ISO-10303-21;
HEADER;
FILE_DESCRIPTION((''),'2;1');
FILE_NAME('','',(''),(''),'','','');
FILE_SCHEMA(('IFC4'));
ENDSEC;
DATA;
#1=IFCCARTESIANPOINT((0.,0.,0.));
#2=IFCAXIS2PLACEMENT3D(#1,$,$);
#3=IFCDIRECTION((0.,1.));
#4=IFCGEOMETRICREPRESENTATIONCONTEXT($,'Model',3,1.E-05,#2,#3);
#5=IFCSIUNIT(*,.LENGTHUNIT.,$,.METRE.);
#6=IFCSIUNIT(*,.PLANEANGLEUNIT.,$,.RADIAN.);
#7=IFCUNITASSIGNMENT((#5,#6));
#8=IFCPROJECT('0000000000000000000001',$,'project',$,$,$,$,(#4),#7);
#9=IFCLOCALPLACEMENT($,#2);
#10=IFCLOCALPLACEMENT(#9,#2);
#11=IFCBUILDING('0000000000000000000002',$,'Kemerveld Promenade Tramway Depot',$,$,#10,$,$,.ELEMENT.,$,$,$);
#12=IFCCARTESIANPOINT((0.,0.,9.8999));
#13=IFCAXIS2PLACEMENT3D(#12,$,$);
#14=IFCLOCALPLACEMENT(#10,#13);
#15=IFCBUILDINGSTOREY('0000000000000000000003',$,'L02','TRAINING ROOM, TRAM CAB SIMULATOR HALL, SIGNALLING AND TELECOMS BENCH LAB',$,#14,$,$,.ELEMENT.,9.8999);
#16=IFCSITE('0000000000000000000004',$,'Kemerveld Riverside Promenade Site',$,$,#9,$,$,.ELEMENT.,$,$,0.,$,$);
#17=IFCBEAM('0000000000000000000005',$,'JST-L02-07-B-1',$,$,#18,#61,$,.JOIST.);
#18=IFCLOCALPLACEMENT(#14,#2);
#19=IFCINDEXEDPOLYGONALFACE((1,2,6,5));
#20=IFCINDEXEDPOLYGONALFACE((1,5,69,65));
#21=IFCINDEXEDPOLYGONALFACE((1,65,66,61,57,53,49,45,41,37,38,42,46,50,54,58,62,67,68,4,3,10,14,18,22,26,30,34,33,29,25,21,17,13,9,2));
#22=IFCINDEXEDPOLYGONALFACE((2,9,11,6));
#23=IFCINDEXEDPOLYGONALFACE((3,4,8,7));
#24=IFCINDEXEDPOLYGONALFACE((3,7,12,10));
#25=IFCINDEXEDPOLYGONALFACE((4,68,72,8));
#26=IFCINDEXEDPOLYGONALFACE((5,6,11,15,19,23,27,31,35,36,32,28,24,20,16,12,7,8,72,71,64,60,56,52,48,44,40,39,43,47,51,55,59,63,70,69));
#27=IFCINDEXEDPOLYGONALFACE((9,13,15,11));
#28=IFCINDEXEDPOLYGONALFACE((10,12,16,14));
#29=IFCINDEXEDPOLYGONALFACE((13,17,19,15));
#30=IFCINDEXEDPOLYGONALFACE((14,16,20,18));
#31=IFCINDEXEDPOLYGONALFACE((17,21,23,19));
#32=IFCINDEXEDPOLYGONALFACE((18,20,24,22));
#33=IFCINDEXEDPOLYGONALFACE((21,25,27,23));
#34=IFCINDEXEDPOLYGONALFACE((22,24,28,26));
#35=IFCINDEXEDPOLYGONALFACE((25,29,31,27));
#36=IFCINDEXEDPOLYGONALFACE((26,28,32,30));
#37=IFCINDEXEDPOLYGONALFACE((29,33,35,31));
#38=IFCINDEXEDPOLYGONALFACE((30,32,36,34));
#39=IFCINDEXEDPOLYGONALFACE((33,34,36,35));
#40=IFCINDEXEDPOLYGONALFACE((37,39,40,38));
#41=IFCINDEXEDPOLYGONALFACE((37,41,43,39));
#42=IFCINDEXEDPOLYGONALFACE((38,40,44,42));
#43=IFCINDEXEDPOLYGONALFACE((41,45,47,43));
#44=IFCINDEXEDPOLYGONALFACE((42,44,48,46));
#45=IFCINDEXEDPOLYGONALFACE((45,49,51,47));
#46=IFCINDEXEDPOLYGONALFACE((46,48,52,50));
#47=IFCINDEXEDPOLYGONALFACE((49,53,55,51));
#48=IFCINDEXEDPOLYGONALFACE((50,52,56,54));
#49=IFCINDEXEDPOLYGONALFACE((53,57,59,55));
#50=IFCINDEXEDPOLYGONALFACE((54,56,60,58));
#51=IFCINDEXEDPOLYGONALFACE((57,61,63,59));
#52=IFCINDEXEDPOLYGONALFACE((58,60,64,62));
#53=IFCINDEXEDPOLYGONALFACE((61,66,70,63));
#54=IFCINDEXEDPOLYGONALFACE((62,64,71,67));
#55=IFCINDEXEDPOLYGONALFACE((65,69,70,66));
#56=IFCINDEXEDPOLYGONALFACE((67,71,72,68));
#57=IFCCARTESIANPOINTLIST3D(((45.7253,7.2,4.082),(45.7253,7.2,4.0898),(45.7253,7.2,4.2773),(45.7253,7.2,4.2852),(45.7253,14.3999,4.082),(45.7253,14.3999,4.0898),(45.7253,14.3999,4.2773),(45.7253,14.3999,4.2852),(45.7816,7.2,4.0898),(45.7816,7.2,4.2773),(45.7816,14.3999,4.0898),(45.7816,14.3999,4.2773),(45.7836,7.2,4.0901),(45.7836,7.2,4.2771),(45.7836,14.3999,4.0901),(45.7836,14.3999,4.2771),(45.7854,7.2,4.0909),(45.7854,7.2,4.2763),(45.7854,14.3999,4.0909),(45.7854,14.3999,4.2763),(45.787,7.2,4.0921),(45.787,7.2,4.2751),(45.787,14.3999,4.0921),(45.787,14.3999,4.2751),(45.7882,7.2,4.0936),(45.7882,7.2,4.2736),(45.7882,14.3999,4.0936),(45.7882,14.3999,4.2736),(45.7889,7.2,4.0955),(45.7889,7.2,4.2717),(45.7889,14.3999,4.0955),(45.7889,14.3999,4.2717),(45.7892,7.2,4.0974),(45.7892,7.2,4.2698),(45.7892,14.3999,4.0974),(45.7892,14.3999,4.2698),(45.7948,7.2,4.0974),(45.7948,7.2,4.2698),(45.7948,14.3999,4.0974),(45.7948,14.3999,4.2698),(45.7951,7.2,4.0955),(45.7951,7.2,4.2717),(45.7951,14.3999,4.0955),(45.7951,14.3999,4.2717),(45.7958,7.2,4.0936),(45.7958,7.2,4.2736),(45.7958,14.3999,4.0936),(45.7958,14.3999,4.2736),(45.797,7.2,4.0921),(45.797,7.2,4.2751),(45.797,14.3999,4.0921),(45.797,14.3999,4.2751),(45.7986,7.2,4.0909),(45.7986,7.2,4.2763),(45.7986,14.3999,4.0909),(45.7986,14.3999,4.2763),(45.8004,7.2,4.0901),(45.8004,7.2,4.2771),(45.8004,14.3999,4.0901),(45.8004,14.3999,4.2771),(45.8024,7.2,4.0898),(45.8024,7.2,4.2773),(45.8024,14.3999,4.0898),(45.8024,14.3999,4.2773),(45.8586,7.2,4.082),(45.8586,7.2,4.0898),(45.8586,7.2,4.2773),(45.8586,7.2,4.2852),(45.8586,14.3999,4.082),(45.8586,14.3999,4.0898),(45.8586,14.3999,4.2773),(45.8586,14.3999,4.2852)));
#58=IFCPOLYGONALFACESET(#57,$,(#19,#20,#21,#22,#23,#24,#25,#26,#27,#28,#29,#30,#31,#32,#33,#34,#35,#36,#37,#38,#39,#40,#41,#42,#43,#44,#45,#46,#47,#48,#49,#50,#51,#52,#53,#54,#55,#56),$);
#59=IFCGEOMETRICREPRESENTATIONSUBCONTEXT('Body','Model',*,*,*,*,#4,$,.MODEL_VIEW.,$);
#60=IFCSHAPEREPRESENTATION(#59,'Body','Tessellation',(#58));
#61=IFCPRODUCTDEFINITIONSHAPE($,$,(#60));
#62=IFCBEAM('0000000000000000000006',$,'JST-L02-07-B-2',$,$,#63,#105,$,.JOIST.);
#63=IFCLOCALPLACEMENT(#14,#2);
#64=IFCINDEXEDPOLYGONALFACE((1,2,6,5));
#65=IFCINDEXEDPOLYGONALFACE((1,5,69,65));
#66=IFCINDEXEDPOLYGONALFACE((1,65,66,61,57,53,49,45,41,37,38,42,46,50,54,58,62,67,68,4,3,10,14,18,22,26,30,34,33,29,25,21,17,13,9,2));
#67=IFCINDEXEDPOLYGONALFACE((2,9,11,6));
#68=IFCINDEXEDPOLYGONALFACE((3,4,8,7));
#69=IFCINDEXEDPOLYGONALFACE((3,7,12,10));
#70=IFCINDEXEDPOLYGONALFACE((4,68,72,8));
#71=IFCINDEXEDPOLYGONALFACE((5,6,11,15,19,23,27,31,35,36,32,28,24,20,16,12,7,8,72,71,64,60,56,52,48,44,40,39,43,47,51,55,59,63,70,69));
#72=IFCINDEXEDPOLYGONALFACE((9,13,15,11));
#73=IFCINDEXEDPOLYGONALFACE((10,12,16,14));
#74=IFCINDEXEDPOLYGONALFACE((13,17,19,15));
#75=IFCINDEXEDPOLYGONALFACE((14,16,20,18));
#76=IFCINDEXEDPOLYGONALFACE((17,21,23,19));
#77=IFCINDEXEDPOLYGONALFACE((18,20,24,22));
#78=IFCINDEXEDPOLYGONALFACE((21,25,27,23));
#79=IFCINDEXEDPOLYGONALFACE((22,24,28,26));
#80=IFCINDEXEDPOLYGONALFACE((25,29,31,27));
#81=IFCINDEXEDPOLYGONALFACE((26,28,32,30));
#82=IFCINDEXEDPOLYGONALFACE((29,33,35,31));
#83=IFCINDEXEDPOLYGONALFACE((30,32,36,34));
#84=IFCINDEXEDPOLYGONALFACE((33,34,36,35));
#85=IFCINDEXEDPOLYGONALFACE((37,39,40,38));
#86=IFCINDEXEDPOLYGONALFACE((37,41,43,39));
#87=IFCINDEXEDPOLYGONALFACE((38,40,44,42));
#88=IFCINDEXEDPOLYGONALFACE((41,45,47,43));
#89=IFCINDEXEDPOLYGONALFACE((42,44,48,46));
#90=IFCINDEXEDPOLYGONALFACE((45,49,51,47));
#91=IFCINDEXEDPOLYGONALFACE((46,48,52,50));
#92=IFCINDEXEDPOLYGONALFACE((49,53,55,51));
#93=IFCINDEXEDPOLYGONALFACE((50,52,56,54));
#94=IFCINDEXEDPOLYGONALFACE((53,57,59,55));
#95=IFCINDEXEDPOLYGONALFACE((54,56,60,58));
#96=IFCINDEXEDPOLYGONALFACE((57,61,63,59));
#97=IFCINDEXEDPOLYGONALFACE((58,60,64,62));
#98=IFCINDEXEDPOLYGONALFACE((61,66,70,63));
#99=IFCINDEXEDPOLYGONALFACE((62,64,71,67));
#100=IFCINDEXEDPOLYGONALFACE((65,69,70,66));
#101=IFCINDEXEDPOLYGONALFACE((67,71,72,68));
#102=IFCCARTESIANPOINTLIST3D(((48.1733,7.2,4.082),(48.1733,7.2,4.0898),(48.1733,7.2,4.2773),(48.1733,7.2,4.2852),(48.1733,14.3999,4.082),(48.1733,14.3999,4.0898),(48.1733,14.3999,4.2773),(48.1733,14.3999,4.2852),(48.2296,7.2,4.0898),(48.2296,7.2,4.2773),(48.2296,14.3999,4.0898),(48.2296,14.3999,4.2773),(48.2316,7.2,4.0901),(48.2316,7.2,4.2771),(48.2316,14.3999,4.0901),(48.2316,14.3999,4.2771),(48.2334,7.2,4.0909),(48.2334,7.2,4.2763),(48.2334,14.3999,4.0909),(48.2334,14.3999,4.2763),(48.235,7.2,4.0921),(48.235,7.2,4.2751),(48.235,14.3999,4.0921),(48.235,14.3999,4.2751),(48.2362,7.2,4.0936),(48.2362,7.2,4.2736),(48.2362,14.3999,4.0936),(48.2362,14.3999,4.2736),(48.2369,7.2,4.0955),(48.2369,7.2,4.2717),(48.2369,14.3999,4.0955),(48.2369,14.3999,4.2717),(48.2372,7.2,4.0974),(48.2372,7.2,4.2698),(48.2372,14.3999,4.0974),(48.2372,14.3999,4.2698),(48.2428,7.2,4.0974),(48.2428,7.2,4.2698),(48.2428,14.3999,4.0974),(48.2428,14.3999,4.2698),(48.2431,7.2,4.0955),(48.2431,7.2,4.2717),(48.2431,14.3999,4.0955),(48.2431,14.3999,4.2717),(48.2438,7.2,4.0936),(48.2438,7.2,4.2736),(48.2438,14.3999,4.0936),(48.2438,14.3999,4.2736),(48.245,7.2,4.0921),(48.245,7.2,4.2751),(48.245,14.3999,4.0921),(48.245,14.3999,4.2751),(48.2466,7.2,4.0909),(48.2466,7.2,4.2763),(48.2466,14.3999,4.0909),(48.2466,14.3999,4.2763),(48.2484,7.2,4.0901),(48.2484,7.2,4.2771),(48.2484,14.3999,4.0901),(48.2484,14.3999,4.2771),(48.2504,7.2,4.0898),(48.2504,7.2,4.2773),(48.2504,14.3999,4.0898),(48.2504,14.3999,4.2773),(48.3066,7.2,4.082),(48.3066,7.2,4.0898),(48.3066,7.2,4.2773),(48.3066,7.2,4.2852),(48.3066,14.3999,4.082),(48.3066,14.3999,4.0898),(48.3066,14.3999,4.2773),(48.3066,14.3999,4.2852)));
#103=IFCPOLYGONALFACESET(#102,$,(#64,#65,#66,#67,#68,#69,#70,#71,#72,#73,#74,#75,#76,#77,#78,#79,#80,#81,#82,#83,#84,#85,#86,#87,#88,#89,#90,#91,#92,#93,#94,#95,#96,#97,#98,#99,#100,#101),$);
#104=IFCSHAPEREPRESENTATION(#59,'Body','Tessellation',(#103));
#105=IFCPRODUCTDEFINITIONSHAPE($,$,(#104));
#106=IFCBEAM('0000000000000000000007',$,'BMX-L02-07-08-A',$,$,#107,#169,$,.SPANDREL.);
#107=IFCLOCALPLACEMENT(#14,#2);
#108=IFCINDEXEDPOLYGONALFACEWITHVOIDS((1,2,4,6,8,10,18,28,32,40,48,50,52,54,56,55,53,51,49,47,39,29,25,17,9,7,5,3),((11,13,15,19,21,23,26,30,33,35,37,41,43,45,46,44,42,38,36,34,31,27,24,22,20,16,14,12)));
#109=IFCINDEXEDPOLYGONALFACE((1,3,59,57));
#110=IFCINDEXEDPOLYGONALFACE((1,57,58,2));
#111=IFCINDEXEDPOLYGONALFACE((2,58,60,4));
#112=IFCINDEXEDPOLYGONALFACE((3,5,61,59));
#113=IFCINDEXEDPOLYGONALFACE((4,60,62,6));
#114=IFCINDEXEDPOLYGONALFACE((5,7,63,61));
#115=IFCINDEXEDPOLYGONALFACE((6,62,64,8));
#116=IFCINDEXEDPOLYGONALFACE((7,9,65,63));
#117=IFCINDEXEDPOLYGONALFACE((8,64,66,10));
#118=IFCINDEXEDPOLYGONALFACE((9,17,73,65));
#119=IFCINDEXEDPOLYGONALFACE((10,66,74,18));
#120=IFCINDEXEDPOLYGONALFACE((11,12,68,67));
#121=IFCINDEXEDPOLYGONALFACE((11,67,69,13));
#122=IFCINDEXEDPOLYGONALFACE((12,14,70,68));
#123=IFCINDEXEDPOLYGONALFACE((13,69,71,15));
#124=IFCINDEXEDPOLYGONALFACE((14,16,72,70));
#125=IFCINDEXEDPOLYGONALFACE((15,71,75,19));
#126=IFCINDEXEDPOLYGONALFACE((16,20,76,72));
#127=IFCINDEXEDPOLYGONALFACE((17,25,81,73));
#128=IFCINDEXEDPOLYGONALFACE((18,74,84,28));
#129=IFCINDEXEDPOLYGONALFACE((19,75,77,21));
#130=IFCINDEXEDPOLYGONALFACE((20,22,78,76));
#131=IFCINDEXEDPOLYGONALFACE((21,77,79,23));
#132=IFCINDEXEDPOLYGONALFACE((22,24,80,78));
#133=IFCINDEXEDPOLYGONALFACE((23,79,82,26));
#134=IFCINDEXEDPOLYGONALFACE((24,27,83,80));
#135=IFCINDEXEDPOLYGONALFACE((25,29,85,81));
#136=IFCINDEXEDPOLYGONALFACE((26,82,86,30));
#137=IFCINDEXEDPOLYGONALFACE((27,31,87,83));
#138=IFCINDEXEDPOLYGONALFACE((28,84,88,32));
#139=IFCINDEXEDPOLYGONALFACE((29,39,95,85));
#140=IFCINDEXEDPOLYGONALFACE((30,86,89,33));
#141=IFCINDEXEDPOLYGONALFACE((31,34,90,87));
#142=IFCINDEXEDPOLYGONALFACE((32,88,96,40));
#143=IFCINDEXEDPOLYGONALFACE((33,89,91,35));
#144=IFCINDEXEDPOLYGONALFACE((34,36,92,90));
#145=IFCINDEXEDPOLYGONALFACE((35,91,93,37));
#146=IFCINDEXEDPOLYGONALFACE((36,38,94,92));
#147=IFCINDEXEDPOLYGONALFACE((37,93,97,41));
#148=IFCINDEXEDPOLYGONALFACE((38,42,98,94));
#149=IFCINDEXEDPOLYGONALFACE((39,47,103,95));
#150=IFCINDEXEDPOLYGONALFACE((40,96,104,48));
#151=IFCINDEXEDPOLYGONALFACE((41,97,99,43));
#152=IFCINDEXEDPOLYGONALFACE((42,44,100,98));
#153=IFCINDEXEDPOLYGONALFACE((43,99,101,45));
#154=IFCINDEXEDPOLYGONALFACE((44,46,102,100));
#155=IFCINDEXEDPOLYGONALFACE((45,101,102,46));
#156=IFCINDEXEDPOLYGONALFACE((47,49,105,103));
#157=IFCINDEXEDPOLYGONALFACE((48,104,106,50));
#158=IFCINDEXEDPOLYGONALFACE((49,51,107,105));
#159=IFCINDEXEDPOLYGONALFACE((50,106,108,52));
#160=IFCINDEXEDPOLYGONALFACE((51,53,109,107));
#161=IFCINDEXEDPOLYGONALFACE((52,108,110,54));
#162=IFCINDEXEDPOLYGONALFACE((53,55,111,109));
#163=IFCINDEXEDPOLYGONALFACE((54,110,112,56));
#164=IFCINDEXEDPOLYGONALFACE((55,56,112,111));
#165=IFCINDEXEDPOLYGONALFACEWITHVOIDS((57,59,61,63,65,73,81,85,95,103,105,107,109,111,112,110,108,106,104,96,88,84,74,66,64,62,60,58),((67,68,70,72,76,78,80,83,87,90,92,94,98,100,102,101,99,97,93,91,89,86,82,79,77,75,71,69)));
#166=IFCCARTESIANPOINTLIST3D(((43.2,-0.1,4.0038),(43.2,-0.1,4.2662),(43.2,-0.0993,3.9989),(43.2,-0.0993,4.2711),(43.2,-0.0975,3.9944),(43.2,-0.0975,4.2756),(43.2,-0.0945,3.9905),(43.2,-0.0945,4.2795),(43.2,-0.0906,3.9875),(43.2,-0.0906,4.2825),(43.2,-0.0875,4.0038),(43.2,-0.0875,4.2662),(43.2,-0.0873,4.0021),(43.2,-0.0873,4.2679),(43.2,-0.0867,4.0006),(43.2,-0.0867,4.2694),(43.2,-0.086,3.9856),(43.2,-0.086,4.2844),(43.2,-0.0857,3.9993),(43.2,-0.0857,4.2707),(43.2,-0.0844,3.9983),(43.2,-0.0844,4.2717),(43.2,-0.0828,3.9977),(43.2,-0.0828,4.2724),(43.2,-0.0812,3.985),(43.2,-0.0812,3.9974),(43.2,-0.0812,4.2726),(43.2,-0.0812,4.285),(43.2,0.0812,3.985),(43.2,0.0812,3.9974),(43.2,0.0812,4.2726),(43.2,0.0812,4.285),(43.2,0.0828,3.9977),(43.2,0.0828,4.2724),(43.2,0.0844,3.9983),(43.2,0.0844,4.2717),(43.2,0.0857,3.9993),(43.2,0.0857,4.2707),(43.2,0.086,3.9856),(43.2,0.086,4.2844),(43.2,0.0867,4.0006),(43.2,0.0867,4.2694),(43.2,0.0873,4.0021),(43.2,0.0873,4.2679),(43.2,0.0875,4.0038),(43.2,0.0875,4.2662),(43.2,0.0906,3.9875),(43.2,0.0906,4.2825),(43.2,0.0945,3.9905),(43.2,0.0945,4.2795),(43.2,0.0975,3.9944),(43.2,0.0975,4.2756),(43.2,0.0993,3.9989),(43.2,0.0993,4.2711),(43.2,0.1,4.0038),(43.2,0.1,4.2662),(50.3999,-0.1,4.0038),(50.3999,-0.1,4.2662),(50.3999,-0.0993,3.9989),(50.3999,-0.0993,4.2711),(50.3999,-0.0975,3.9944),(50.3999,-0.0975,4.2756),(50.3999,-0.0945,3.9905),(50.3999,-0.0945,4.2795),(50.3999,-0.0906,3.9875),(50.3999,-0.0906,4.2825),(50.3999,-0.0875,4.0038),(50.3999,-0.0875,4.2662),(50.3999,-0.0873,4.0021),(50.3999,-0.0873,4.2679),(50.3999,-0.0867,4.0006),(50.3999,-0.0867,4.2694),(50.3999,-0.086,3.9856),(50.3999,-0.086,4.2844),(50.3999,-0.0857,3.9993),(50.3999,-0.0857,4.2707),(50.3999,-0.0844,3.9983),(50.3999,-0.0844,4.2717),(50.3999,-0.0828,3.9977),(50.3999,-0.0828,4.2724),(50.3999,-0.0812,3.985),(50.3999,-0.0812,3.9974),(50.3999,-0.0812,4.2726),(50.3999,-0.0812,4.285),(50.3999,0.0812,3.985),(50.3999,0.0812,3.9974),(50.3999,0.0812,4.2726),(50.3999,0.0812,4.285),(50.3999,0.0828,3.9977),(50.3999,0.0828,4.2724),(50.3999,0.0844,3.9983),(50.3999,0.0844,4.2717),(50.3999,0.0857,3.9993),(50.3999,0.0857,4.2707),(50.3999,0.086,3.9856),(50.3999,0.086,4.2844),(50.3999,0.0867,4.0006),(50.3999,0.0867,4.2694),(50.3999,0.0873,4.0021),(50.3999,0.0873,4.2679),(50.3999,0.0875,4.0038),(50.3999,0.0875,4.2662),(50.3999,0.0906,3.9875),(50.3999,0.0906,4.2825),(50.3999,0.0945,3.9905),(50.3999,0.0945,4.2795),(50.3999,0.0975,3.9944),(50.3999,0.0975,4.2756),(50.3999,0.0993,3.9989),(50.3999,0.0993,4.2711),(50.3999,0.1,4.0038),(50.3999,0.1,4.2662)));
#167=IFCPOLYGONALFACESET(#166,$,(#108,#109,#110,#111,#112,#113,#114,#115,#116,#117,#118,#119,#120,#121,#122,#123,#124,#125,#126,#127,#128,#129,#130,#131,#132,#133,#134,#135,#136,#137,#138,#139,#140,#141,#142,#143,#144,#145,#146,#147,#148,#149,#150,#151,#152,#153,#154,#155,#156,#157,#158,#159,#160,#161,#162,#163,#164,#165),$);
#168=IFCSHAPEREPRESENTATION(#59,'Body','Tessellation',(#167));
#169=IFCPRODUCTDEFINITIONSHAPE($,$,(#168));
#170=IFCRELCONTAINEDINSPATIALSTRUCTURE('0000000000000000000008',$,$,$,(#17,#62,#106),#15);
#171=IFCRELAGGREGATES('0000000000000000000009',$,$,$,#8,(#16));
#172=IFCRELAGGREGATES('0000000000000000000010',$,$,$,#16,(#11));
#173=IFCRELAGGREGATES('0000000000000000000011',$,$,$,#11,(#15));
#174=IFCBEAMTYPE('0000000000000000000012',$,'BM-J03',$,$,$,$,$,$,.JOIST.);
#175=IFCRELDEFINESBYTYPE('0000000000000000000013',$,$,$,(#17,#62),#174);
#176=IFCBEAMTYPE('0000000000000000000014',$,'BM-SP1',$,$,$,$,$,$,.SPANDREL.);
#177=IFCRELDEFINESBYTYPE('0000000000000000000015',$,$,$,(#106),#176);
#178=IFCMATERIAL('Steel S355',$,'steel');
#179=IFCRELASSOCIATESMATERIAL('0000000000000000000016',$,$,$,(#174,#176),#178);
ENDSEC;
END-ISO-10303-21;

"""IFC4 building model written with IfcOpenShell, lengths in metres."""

from ifc_helpers import new_model, si_unit, direction, frame, origin, origin_2d, place, context, subcontext, project, spatial, hollow_rectangle, i_section, extrude, material, material_profile, profile_set, type_object, element, save


model = new_model("IFC4")

# Units and contexts
model_context = context("Model", 3, precision=1e-05, world=origin(), true_north=direction((0.0, 1.0)))
body_context = subcontext(model_context, "Body", "Model", "MODEL_VIEW")
ifc_project = project(units=[si_unit("LENGTHUNIT", "METRE"), si_unit("PLANEANGLEUNIT", "RADIAN")], contexts=[model_context])

# Site, building, storey
site_placement = place(None, origin())
site = spatial("IfcSite", under=ifc_project, at=site_placement, Name="Kemerveld Riverside Promenade Site", CompositionType="ELEMENT", RefElevation=0.0)
building_placement = place(site_placement, origin())
building = spatial("IfcBuilding", under=site, at=building_placement, Name="Kemerveld Promenade Tramway Depot", CompositionType="ELEMENT")
storey_placement = place(building_placement, frame((0.0, 0.0, 9.8999)))
storey = spatial("IfcBuildingStorey", under=building, at=storey_placement, Name="L02", Description="TRAINING ROOM, TRAM CAB SIMULATOR HALL, SIGNALLING AND TELECOMS BENCH LAB", CompositionType="ELEMENT", Elevation=9.8999)

# Shared definitions
ifc_material_1 = material(Name="Steel S355", Category="steel")

# Beams
ifc_material_profile_1 = material_profile(ifc_material_1, i_section(OverallWidth=0.1333, OverallDepth=0.2031, WebThickness=0.0056, FlangeThickness=0.0078, FilletRadius=0.0076, at=origin_2d()), Name="203x133x25 UB")
ifc_profile_set_1 = profile_set([ifc_material_profile_1], Name="Steel S355")
beam_type_1 = type_object("IfcBeamType", Name="BM-J03", PredefinedType="JOIST", material=ifc_profile_set_1)
for number, where, z_axis, x_axis, name in (
    (1, (45.792, 7.2, 4.1836), (0.0, 1.0, 0.0), (-1.0, 0.0, 0.0), "JST-L02-07-B-1"),
    (2, (48.24, 7.2, 4.1836), (0.0, 1.0, 0.0), (-1.0, 0.0, 0.0), "JST-L02-07-B-2"),
):
    element("IfcBeam", number, at=place(storey_placement, frame(where, z_axis=z_axis, x_axis=x_axis)), inside=storey, type_object=beam_type_1, Name=name, PredefinedType="JOIST", context=body_context, shape_type="SweptSolid", body=[
        extrude(i_section(OverallWidth=0.1333, OverallDepth=0.2031, WebThickness=0.0056, FlangeThickness=0.0078, FilletRadius=0.0076, at=origin_2d()), origin(), (0.0, 0.0, 1.0), 7.2),
    ])
ifc_material_profile_2 = material_profile(ifc_material_1, hollow_rectangle(XDim=0.2, YDim=0.3, WallThickness=0.0125, InnerFilletRadius=0.0063, OuterFilletRadius=0.0188, at=origin_2d()), Name="300x200x12.5 RHS")
ifc_profile_set_2 = profile_set([ifc_material_profile_2], Name="Steel S355")
beam_type_2 = type_object("IfcBeamType", Name="BM-SP1", PredefinedType="SPANDREL", material=ifc_profile_set_2)
beam_1_placement = place(storey_placement, frame((43.2, 0.0, 4.135), z_axis=(1.0, 0.0, 0.0), x_axis=(0.0, 1.0, 0.0)))
element("IfcBeam", 3, at=beam_1_placement, inside=storey, type_object=beam_type_2, Name="BMX-L02-07-08-A", PredefinedType="SPANDREL", context=body_context, shape_type="SweptSolid", body=[
    extrude(hollow_rectangle(XDim=0.2, YDim=0.3, WallThickness=0.0125, InnerFilletRadius=0.0063, OuterFilletRadius=0.0188, at=origin_2d()), origin(), (0.0, 0.0, 1.0), 7.2),
])

save(model, "model.ifc")
